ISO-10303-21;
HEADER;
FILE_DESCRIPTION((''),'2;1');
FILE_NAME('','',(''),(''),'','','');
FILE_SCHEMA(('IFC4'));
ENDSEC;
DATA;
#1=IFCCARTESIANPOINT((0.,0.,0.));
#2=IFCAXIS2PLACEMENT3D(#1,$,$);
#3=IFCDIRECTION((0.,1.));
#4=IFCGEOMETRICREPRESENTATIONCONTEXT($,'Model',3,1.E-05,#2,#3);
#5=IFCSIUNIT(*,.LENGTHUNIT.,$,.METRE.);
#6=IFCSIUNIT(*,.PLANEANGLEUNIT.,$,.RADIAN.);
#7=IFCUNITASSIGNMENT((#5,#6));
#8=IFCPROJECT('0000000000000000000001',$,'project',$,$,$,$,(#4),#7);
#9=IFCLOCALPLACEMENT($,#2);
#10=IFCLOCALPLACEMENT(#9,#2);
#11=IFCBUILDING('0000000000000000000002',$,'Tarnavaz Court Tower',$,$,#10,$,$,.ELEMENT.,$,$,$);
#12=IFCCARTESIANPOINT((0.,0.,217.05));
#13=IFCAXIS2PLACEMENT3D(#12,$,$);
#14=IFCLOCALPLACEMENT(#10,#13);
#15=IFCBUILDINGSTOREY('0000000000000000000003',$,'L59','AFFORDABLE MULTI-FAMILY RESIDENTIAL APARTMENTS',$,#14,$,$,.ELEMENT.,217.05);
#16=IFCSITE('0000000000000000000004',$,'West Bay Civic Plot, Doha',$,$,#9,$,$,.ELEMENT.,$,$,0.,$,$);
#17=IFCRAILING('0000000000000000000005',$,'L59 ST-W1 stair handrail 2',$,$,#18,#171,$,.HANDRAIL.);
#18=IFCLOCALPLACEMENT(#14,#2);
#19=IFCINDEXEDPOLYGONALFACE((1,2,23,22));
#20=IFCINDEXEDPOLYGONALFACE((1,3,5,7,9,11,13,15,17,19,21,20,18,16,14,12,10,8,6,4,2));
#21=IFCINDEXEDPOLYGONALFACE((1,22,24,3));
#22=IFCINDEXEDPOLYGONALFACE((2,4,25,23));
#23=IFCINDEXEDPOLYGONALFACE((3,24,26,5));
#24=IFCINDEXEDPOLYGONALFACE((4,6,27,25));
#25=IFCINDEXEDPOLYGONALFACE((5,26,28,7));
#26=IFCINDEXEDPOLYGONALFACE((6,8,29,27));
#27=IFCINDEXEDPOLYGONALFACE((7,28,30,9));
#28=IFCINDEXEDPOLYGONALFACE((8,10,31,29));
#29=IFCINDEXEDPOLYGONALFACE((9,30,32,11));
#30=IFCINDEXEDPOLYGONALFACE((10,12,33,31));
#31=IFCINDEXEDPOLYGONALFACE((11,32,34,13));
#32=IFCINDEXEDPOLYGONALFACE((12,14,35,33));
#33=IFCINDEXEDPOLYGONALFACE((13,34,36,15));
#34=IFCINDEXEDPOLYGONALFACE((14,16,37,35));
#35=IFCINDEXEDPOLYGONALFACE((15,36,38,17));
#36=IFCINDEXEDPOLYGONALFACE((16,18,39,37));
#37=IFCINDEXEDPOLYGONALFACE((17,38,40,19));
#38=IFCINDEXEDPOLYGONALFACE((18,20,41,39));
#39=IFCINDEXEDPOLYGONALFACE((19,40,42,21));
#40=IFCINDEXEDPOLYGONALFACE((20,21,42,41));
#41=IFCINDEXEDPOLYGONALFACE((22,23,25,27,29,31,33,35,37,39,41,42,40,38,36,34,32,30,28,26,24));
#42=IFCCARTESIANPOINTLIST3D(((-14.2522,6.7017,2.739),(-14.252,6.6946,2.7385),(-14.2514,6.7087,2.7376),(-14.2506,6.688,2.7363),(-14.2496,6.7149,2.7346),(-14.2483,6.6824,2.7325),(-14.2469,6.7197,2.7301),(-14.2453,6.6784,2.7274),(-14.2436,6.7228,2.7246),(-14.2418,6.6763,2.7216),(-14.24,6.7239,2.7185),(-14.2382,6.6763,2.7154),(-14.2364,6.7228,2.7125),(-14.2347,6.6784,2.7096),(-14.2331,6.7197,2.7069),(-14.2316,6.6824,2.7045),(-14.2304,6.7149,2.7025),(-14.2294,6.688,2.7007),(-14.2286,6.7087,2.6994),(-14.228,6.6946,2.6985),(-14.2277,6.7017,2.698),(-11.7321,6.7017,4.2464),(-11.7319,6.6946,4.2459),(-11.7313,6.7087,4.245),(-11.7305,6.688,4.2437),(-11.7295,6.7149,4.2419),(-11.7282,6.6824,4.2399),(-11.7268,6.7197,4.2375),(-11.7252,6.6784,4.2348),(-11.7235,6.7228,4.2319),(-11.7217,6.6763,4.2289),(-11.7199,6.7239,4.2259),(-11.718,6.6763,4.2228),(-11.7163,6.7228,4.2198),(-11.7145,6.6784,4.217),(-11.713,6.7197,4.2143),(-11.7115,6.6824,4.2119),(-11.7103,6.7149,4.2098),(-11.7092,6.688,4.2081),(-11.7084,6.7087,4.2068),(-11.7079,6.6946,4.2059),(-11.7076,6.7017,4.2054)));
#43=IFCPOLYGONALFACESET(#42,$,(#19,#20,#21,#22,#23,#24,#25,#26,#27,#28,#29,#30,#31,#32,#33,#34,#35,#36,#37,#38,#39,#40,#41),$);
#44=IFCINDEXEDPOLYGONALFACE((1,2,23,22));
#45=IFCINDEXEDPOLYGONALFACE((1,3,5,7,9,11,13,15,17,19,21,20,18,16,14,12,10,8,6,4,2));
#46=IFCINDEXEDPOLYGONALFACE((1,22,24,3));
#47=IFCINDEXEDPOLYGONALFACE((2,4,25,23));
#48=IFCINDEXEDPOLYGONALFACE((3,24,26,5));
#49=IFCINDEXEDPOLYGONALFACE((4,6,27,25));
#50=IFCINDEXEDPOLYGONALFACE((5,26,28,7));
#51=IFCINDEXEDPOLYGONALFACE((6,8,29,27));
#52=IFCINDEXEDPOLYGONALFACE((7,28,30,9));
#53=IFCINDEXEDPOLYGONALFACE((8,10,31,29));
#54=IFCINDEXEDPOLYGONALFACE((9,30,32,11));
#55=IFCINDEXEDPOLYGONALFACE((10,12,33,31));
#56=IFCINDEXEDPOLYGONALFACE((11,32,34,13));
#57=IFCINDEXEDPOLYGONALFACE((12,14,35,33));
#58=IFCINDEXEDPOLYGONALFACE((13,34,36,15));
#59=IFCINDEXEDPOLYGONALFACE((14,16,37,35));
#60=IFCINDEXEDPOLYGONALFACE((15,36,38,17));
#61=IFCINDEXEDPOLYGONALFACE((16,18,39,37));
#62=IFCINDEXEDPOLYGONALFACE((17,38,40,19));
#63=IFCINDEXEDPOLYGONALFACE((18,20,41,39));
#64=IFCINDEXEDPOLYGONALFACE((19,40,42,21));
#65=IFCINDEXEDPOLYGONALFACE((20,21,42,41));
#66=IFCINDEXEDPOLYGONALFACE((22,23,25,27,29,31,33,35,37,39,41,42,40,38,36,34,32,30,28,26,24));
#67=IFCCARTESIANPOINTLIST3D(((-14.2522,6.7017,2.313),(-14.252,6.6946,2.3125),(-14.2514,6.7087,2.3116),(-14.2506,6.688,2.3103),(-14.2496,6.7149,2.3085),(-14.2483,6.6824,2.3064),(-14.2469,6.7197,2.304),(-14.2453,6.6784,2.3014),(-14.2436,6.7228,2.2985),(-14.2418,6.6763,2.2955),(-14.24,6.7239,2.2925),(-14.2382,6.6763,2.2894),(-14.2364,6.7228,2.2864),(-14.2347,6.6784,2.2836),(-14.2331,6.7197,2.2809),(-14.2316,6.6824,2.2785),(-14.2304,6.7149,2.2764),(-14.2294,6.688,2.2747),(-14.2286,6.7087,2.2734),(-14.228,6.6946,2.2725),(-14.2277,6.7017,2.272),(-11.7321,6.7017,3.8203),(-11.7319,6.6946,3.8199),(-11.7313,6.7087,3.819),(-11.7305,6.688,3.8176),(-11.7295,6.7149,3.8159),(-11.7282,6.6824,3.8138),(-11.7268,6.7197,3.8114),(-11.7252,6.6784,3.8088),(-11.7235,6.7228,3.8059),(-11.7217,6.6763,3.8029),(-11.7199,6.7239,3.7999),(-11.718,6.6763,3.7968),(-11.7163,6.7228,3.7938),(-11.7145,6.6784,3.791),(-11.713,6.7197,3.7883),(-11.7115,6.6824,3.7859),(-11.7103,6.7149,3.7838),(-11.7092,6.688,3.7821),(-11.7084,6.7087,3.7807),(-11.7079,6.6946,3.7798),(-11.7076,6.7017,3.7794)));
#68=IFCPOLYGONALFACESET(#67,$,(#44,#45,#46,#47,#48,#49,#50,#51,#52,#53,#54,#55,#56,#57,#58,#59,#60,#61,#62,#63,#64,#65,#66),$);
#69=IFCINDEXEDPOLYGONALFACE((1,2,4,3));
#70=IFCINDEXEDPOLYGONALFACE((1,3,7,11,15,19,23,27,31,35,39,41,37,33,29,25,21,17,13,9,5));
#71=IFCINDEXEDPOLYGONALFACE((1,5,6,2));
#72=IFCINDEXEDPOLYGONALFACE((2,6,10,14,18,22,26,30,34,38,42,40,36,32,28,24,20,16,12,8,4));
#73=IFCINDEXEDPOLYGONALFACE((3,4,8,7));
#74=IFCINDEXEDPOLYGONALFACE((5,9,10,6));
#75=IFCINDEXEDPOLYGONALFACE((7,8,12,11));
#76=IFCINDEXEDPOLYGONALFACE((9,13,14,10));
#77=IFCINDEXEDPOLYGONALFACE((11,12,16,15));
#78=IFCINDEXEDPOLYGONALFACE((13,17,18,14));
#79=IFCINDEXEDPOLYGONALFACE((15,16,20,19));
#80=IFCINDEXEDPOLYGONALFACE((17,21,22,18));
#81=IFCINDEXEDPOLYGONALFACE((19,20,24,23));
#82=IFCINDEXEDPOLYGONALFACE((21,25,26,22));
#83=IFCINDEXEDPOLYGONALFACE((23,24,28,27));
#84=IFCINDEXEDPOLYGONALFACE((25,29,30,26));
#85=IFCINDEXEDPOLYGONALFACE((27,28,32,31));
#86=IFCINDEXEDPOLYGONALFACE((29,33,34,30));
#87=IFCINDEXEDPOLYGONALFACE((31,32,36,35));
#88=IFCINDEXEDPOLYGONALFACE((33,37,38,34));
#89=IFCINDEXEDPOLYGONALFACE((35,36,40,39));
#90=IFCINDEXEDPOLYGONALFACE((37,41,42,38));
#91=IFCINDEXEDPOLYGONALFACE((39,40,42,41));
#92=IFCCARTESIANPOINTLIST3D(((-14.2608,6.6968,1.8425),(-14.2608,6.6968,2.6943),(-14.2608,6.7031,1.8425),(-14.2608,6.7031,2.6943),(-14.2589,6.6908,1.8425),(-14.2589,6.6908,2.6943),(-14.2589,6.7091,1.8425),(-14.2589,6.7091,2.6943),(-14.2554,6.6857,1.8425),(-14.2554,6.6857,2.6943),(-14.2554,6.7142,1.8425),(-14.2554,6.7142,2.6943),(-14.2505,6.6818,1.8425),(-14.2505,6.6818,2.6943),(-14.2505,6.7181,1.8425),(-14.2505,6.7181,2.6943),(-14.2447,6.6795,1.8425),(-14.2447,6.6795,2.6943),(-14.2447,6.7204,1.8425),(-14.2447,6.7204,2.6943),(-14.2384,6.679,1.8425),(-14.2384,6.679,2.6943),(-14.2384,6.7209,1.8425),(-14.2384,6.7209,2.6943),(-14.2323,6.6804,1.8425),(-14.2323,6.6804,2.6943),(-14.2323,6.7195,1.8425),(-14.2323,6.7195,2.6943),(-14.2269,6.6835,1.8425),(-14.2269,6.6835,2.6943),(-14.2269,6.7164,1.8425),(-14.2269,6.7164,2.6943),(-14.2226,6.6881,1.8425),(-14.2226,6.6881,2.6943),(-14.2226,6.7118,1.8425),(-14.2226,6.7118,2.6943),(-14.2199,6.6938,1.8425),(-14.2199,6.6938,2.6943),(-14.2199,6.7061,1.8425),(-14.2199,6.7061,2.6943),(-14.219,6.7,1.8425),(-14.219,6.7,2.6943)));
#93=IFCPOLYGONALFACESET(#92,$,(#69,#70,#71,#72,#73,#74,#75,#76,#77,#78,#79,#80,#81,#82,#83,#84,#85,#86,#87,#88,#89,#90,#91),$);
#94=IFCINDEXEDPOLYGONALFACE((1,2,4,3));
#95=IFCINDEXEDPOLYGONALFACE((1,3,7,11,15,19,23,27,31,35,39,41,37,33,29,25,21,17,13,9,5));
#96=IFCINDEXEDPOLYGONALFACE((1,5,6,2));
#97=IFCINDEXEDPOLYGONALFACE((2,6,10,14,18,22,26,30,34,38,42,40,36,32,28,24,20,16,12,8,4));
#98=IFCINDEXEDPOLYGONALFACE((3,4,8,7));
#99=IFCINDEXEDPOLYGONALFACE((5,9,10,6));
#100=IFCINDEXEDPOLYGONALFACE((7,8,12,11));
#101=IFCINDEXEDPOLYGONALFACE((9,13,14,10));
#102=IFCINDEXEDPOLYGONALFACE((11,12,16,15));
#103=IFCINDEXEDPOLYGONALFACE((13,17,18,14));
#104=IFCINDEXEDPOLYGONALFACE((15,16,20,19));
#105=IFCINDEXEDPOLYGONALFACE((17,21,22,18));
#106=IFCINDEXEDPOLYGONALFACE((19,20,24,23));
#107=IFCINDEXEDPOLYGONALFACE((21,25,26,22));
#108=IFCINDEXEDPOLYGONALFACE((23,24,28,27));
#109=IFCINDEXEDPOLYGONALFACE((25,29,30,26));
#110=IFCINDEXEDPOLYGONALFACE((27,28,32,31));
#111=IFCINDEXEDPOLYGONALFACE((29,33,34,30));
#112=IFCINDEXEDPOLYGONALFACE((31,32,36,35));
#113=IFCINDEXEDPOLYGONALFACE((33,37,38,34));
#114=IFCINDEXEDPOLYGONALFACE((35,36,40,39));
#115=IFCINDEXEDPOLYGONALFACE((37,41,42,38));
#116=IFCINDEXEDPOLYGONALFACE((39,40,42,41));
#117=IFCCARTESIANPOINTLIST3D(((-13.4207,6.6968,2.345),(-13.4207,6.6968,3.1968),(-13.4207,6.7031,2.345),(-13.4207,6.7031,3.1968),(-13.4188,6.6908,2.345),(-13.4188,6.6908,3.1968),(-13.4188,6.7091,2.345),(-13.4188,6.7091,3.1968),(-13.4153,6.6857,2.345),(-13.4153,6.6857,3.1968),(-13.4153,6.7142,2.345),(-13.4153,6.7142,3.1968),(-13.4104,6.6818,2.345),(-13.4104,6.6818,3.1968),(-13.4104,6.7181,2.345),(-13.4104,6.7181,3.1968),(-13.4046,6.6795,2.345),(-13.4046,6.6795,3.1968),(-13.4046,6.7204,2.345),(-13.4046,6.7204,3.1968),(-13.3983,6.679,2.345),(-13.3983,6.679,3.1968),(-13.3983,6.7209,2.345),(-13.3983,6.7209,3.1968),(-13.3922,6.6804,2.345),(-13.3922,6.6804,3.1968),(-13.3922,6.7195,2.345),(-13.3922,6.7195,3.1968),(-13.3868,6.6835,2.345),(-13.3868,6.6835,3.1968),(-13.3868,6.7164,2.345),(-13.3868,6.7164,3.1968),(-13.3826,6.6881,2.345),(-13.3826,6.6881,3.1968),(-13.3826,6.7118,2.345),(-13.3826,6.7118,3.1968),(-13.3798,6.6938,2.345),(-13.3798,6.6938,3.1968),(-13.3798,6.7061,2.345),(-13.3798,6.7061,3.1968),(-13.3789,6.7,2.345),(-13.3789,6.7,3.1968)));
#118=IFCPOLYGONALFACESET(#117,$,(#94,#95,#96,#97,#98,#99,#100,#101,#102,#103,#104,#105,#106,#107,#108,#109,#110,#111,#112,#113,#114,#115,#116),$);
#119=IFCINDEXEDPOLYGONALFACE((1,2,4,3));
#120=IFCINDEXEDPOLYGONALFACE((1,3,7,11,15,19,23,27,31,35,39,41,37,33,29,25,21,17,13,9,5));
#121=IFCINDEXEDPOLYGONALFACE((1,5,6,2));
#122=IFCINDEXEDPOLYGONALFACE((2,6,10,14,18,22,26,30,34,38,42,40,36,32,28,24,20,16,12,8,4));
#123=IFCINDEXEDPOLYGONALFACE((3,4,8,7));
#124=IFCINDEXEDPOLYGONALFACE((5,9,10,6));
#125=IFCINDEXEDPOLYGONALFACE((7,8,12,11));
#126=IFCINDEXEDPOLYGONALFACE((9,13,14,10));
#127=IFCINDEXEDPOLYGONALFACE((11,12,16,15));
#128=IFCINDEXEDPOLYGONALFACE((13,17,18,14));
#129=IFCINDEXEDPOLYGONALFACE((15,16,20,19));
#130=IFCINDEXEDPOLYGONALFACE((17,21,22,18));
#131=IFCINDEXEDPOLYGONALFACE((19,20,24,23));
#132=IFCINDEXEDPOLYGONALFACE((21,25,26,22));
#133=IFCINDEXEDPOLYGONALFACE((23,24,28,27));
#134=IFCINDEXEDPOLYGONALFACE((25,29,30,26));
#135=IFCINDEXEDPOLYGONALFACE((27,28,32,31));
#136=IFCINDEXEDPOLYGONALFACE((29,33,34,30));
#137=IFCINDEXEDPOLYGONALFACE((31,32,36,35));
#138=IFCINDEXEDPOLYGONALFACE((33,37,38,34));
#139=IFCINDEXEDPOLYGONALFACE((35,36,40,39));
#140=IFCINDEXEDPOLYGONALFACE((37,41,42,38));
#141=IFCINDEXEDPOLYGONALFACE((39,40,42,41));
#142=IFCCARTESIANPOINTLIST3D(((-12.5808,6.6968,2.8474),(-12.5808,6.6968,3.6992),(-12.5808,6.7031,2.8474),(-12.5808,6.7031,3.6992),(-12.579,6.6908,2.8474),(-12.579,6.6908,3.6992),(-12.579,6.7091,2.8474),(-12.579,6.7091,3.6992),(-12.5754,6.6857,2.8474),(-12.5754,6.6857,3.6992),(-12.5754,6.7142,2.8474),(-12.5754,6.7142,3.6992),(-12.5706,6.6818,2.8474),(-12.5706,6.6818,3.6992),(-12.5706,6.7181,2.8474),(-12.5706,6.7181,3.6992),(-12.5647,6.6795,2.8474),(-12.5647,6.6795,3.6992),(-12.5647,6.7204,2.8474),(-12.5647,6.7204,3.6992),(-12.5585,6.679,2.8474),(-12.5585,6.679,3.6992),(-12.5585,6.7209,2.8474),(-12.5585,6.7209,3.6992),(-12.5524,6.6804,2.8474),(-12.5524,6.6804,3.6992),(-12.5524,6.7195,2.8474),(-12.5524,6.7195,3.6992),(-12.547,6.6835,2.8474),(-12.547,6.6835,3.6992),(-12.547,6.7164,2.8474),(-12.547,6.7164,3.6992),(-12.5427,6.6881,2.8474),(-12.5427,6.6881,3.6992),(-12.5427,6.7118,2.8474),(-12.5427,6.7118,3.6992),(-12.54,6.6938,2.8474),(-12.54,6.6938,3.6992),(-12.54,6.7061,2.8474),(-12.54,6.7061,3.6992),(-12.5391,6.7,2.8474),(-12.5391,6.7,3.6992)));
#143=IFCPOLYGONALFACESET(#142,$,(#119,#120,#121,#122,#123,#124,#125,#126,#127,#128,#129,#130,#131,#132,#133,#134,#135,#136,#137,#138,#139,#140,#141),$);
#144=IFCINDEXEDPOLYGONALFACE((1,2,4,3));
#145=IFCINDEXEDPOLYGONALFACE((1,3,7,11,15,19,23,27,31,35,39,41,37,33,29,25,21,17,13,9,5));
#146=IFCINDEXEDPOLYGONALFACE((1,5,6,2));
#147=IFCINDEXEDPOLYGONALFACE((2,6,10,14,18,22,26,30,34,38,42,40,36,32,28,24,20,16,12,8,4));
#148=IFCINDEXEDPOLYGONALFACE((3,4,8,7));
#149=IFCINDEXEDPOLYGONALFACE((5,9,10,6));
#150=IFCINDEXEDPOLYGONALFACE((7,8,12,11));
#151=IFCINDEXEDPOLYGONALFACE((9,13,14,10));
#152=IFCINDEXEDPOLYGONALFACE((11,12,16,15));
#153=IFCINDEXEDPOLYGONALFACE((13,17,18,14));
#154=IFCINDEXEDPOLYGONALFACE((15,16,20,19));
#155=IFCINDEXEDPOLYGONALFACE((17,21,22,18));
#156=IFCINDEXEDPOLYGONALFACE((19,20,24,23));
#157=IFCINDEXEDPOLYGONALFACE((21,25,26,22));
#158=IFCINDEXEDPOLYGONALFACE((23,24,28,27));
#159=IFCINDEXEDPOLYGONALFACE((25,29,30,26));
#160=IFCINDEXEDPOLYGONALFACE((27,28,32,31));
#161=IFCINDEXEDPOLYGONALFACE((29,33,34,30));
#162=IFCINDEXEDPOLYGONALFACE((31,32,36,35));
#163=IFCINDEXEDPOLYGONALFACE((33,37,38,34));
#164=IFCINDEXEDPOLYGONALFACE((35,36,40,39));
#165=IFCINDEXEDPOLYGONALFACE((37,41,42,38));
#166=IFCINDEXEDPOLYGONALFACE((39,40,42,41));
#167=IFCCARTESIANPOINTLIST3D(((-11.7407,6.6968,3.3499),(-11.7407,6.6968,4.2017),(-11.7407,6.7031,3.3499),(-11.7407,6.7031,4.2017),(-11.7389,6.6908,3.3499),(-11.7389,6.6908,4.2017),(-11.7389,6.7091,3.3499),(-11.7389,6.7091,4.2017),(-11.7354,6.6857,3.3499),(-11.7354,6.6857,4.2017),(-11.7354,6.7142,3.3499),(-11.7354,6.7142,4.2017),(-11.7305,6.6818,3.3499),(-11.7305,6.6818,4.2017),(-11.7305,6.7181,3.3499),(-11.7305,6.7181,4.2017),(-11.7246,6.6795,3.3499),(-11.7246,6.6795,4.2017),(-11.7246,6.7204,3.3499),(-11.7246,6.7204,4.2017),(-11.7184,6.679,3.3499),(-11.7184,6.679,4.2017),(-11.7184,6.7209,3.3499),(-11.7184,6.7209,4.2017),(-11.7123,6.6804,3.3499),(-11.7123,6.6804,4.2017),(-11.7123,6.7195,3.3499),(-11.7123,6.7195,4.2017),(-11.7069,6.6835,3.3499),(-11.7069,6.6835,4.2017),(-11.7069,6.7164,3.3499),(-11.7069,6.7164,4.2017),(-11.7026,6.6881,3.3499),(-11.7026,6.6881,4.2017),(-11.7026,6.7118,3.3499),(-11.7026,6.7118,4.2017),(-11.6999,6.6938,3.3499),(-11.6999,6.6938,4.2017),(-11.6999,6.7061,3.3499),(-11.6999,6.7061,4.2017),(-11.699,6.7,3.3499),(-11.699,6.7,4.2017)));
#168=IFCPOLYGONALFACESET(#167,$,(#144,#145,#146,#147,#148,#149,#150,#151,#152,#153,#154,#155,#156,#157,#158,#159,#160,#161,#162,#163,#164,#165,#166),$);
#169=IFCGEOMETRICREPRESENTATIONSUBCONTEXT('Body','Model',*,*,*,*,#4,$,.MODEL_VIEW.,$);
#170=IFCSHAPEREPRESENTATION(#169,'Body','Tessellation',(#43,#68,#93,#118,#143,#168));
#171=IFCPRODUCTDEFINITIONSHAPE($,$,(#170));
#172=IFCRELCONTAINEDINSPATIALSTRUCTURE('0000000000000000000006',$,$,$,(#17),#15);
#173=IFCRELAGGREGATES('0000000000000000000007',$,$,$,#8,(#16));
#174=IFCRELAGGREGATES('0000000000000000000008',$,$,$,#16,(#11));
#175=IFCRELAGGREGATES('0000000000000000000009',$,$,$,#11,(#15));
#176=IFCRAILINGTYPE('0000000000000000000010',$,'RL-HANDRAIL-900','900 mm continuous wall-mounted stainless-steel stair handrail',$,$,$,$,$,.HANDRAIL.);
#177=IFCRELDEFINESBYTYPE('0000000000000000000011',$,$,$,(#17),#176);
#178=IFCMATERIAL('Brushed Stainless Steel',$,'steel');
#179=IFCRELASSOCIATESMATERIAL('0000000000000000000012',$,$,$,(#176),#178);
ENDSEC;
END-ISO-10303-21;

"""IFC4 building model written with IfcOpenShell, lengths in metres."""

from ifc_helpers import new_model, si_unit, direction, frame, origin, origin_2d, place, context, subcontext, project, spatial, circle, extrude, material, type_object, element, save


model = new_model("IFC4")

# Units and contexts
model_context = context("Model", 3, precision=1e-05, world=origin(), true_north=direction((0.0, 1.0)))
body_context = subcontext(model_context, "Body", "Model", "MODEL_VIEW")
ifc_project = project(units=[si_unit("LENGTHUNIT", "METRE"), si_unit("PLANEANGLEUNIT", "RADIAN")], contexts=[model_context])

# Site, building, storey
site_placement = place(None, origin())
site = spatial("IfcSite", under=ifc_project, at=site_placement, Name="West Bay Civic Plot, Doha", CompositionType="ELEMENT", RefElevation=0.0)
building_placement = place(site_placement, origin())
building = spatial("IfcBuilding", under=site, at=building_placement, Name="Tarnavaz Court Tower", CompositionType="ELEMENT")
storey_placement = place(building_placement, frame((0.0, 0.0, 217.05)))
storey = spatial("IfcBuildingStorey", under=building, at=storey_placement, Name="L59", Description="AFFORDABLE MULTI-FAMILY RESIDENTIAL APARTMENTS", CompositionType="ELEMENT", Elevation=217.05)

# Railing
ifc_material_1 = material(Name="Brushed Stainless Steel", Category="steel")
railing_type_1 = type_object("IfcRailingType", Name="RL-HANDRAIL-900", Description="900 mm continuous wall-mounted stainless-steel stair handrail", PredefinedType="HANDRAIL", material=ifc_material_1)
railing_1_placement = place(storey_placement, frame((-14.24, 6.7, 1.8425)))
element("IfcRailing", 1, at=railing_1_placement, inside=storey, type_object=railing_type_1, Name="L59 ST-W1 stair handrail 2", PredefinedType="HANDRAIL", context=body_context, shape_type="SweptSolid", body=[
    extrude(circle(Radius=0.0239, at=origin_2d()), frame((0.0, 0.0, 0.876), z_axis=(0.858196, 0.0, 0.513321), x_axis=(0.0, 1.0, 0.0)), (0.0, 0.0, 1.0), 2.9365),
    extrude(circle(Radius=0.0239, at=origin_2d()), frame((0.0, 0.0, 0.45), z_axis=(0.858196, 0.0, 0.513321), x_axis=(0.0, 1.0, 0.0)), (0.0, 0.0, 1.0), 2.9365),
    extrude(circle(Radius=0.021, at=origin_2d()), origin(), (0.0, 0.0, 1.0), 0.8518),
    extrude(circle(Radius=0.021, at=origin_2d()), frame((0.8401, 0.0, 0.5024)), (0.0, 0.0, 1.0), 0.8518),
    extrude(circle(Radius=0.021, at=origin_2d()), frame((1.6799, 0.0, 1.0049)), (0.0, 0.0, 1.0), 0.8518),
    extrude(circle(Radius=0.021, at=origin_2d()), frame((2.52, 0.0, 1.5073)), (0.0, 0.0, 1.0), 0.8518),
])

save(model, "model.ifc")
